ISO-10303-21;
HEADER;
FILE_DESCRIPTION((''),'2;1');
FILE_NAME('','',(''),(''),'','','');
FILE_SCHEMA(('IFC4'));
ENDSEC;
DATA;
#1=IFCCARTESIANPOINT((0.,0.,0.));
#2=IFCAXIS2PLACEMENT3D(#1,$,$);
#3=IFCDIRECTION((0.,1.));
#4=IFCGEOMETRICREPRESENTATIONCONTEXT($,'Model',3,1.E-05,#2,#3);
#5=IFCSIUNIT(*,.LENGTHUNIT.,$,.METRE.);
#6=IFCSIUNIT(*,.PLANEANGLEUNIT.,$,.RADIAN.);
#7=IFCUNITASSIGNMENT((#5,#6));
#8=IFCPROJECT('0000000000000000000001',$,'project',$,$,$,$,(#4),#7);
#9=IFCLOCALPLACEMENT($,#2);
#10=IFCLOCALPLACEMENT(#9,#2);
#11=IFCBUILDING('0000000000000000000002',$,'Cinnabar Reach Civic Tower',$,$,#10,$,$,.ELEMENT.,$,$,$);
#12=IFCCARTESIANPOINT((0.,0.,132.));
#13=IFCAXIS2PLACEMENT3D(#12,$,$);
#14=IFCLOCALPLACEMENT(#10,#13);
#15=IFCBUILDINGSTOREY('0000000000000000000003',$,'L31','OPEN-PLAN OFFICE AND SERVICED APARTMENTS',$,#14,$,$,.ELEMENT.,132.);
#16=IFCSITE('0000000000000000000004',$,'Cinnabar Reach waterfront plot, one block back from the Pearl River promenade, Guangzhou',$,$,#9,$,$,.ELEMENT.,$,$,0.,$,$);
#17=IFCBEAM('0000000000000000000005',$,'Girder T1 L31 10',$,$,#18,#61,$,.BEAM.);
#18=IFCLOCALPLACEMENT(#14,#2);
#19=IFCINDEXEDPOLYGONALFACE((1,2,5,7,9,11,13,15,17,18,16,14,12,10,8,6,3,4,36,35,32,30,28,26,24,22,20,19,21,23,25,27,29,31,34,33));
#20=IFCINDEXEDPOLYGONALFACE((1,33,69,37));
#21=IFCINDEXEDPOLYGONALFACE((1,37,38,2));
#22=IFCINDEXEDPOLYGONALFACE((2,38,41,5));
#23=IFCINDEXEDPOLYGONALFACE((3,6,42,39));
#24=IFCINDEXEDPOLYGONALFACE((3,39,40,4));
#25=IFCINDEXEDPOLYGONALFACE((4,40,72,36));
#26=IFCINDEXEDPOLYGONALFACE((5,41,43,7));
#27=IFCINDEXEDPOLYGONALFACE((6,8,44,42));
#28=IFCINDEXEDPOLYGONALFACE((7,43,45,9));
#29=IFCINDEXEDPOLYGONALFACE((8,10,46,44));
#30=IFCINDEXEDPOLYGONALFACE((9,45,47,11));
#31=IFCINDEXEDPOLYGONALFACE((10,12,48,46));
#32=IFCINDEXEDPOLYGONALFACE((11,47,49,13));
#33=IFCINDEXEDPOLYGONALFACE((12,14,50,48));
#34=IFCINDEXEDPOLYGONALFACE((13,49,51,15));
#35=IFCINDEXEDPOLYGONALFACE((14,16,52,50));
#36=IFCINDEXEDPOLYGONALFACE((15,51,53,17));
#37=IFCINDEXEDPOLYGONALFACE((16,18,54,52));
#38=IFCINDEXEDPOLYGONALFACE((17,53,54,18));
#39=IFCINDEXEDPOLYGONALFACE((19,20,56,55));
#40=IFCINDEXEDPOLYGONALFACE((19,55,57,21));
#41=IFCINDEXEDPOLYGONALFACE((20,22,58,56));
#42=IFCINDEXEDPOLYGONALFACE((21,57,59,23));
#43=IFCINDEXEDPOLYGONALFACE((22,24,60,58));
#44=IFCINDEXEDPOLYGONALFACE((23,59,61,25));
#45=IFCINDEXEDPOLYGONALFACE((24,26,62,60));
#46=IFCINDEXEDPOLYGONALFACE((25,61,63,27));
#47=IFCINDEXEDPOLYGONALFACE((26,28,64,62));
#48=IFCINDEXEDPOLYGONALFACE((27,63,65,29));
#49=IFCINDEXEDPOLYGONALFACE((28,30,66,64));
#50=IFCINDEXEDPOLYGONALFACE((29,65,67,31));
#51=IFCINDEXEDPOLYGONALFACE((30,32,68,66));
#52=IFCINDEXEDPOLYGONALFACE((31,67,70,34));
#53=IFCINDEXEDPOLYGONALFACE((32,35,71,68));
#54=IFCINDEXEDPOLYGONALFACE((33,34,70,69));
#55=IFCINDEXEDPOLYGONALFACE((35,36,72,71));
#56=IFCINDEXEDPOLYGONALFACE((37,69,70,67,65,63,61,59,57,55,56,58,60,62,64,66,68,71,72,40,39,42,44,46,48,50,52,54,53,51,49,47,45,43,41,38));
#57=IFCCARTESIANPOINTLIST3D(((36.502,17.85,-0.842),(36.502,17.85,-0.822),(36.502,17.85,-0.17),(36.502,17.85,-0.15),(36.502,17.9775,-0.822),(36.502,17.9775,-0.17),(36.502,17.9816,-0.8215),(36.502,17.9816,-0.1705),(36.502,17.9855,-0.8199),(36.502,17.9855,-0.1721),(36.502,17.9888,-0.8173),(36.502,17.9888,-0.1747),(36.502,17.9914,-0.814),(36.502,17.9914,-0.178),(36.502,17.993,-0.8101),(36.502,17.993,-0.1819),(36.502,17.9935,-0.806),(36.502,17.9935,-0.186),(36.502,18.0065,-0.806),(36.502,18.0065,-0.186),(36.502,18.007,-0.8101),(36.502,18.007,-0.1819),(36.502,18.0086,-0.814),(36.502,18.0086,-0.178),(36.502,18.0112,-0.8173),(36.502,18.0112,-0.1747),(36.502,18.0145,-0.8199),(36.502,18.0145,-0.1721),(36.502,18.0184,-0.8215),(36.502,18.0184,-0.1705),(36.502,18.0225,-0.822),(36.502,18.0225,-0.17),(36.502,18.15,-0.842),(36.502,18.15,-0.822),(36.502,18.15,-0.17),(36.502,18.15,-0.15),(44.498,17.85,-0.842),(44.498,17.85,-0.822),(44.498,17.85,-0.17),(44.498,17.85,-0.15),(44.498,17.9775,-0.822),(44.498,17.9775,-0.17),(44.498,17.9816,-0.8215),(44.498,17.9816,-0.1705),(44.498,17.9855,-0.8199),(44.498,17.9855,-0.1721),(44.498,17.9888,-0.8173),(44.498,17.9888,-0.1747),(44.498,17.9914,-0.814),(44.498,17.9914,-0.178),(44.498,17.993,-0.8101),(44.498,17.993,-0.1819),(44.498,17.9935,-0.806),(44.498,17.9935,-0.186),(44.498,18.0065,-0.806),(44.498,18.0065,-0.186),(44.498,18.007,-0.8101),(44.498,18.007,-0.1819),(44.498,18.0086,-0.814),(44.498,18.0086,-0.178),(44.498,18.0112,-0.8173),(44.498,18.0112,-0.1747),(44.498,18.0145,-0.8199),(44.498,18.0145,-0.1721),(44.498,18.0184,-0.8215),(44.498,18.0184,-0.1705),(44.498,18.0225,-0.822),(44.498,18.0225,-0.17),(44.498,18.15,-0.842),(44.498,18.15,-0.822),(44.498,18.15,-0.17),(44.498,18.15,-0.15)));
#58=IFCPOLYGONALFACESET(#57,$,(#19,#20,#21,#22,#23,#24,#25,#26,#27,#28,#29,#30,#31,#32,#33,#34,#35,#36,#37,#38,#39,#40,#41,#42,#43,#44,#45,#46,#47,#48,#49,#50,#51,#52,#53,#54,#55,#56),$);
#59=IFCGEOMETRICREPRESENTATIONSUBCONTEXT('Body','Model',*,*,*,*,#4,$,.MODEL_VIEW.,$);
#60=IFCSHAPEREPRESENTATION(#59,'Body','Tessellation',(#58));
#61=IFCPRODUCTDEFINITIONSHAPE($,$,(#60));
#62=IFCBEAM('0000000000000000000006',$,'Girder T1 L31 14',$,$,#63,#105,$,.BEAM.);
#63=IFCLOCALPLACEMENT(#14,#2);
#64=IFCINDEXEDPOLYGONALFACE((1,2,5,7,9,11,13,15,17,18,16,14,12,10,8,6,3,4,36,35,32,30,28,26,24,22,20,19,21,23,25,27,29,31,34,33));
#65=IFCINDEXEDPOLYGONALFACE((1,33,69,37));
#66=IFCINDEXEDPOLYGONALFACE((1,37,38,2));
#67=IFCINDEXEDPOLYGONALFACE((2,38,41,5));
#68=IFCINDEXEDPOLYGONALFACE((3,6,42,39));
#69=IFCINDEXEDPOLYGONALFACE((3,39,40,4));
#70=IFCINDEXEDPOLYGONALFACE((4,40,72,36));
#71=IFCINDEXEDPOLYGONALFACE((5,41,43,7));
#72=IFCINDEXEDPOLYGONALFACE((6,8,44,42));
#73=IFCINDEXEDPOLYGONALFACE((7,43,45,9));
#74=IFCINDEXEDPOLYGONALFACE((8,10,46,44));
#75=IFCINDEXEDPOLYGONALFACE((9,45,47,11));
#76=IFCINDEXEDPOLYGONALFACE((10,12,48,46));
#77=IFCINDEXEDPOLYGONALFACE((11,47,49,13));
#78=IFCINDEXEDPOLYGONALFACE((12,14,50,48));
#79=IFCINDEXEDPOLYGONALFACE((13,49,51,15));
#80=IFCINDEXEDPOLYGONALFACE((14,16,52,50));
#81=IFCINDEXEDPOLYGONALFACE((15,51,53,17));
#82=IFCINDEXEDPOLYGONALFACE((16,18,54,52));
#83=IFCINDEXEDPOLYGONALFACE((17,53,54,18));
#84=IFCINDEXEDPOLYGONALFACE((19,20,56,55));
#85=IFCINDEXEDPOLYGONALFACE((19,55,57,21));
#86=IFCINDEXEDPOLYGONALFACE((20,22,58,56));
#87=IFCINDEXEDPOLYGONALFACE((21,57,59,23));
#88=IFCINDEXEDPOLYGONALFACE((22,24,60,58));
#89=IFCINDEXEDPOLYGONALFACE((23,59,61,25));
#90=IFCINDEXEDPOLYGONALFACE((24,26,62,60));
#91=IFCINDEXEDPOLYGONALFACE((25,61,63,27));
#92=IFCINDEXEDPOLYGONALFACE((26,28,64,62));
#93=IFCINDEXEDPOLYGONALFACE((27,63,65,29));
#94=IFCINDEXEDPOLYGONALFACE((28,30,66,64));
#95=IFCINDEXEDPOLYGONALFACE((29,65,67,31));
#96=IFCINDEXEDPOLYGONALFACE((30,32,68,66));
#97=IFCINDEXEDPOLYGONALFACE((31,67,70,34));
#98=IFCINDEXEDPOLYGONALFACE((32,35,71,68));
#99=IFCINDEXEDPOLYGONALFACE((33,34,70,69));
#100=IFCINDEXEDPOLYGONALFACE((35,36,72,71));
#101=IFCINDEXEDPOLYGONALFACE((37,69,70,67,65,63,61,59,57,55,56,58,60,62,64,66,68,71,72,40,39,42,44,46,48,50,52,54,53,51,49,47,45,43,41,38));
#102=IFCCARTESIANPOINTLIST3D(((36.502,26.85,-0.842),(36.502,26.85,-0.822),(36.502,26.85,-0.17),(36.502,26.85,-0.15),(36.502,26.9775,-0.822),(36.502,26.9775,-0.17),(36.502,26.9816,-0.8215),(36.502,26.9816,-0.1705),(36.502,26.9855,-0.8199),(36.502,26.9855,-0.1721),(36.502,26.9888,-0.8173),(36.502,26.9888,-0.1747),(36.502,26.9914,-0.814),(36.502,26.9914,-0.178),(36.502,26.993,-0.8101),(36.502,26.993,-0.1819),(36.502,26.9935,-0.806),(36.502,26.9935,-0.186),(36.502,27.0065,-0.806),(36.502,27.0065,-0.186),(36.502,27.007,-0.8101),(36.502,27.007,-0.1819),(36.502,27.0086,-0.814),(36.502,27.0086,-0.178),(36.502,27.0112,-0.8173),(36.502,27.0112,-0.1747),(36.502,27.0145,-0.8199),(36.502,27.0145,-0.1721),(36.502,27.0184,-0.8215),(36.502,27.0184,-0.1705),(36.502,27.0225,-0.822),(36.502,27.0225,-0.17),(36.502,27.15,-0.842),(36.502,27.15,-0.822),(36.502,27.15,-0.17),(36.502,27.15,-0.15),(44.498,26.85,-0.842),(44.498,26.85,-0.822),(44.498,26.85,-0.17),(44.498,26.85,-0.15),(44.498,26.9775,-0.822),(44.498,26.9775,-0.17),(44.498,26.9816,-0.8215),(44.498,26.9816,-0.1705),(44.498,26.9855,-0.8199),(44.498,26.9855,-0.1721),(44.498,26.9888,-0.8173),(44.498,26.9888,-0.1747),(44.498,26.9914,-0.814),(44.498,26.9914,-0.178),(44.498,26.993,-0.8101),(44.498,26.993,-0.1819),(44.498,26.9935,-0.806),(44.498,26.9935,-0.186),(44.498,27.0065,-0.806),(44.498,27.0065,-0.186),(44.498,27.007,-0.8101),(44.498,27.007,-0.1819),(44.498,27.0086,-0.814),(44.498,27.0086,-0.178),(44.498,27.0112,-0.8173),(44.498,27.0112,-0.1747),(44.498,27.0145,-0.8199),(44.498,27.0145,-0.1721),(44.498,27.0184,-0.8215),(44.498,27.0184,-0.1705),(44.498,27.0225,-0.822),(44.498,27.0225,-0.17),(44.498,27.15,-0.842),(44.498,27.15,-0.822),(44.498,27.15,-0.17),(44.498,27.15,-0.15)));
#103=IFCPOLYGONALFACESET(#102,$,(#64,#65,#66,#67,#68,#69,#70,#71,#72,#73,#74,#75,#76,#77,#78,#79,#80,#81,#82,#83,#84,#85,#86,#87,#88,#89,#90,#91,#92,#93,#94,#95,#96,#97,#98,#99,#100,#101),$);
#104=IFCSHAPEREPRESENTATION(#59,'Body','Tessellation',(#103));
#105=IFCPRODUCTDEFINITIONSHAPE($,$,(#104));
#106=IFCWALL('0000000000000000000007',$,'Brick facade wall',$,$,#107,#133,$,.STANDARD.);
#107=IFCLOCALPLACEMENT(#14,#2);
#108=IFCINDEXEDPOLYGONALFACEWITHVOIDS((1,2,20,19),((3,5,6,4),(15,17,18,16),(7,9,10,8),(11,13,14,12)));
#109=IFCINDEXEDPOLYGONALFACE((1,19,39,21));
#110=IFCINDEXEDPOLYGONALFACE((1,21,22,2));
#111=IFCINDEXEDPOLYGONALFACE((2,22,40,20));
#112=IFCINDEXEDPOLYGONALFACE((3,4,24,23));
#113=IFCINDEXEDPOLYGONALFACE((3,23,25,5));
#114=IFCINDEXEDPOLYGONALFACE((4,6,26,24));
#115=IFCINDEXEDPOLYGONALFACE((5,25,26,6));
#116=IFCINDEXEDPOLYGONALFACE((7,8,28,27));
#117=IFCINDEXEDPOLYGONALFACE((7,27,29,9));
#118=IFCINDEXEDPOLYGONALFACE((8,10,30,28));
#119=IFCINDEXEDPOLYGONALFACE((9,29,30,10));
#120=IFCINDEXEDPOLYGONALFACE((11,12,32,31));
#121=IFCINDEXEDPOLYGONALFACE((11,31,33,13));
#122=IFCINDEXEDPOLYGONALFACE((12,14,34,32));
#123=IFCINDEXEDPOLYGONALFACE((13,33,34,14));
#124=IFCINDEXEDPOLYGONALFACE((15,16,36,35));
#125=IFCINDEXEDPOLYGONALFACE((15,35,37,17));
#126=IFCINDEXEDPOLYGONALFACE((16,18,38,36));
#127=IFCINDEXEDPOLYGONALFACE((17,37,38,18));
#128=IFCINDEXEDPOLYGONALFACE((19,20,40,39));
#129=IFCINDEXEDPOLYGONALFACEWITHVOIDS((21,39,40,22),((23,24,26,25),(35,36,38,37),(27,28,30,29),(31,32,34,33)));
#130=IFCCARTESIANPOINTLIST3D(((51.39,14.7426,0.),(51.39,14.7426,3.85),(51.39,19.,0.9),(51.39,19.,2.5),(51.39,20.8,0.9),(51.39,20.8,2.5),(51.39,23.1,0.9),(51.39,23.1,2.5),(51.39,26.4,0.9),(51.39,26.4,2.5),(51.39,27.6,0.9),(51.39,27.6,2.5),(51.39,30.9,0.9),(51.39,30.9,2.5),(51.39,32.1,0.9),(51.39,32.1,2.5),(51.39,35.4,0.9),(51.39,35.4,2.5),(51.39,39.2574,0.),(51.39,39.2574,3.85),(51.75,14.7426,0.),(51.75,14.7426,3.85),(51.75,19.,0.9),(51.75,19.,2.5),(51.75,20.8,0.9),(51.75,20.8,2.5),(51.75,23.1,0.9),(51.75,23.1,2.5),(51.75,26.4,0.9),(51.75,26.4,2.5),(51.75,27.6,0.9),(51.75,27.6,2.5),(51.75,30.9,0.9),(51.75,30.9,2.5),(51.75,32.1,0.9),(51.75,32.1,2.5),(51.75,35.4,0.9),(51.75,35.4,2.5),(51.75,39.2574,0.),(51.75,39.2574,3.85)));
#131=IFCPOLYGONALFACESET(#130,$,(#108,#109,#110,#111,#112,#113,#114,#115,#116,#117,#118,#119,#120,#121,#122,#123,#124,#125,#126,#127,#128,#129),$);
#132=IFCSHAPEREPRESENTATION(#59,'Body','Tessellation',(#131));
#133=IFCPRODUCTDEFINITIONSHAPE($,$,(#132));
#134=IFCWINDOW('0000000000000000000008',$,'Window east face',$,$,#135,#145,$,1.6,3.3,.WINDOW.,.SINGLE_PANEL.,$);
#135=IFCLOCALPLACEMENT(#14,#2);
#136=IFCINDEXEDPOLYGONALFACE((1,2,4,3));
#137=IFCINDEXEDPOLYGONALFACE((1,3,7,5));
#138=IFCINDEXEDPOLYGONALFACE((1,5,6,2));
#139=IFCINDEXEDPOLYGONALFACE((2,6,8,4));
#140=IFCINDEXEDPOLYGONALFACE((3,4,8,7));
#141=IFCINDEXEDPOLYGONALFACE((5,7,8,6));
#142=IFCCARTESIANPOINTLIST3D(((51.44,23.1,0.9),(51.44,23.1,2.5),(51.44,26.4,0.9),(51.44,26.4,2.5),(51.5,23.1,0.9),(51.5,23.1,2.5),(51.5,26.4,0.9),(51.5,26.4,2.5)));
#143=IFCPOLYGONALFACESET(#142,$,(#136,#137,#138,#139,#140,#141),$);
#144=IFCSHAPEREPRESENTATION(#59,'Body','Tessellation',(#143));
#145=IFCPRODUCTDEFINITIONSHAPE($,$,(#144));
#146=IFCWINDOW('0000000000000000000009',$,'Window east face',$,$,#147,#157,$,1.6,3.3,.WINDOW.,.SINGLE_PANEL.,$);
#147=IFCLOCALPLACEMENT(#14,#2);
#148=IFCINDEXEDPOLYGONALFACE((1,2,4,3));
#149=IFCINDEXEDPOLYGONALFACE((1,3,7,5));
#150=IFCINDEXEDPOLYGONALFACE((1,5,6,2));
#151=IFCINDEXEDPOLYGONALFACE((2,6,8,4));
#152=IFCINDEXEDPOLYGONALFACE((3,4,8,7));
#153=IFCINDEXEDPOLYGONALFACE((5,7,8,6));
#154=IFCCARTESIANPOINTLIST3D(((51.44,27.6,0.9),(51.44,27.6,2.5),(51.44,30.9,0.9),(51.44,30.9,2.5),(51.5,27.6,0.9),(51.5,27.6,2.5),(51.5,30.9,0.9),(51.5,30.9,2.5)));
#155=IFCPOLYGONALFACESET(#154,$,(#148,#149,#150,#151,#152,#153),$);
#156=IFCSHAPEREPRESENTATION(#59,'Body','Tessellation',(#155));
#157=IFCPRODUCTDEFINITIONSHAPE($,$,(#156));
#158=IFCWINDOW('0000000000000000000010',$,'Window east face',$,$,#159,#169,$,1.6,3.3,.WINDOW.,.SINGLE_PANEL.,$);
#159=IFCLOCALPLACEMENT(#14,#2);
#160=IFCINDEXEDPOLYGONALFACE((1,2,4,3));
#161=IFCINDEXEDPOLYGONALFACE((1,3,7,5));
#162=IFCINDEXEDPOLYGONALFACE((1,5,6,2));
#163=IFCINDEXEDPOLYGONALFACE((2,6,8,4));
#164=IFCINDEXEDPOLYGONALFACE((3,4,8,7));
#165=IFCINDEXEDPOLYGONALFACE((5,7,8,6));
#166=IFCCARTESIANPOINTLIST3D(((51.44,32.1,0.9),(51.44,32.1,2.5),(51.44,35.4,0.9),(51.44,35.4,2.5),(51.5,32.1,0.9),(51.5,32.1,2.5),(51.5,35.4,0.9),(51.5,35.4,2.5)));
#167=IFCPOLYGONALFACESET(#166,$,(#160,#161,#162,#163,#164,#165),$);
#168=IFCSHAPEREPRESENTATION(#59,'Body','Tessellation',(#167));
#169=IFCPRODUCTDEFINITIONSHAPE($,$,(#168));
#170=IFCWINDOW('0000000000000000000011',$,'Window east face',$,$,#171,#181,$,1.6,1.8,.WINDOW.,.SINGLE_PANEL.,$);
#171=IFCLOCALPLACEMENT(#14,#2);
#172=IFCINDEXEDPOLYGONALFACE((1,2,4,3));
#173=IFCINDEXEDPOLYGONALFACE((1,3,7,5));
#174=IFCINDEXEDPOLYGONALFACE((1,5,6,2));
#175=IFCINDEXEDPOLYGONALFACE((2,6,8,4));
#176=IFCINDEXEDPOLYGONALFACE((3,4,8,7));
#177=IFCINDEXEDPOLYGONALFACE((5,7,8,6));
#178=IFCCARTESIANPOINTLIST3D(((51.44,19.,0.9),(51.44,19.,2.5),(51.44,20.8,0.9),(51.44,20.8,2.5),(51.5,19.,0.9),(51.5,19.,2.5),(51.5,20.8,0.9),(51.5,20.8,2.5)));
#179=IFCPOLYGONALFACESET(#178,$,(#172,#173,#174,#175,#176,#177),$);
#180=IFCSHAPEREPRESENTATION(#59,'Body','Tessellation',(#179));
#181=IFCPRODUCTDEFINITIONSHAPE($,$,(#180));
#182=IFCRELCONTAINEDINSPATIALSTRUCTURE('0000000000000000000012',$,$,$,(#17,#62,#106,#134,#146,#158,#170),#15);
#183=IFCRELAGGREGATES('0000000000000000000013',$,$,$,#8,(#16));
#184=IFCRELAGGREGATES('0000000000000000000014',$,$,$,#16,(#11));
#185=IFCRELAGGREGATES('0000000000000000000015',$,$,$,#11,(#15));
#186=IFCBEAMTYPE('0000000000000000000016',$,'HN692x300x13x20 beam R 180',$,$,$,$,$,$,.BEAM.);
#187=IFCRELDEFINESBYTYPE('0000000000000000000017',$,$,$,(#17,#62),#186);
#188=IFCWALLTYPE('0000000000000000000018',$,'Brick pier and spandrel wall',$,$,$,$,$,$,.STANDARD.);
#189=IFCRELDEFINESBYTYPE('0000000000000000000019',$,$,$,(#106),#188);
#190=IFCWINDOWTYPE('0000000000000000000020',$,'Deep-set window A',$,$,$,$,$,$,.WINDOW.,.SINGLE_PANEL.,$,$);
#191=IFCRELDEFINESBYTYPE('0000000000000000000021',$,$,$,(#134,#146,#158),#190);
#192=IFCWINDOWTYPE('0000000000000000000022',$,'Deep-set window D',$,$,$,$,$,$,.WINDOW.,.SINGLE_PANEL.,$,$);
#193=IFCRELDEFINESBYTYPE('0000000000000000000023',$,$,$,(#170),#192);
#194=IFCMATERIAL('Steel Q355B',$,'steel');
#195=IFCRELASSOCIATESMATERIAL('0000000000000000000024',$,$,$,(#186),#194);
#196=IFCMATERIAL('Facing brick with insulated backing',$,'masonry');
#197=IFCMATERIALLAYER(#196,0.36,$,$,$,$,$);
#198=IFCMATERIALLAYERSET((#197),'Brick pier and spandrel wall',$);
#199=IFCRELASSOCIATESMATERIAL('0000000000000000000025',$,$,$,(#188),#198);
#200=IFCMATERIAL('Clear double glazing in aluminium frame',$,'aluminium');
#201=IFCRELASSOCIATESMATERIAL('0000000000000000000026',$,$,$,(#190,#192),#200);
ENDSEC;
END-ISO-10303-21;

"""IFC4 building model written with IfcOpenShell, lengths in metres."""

from ifc_helpers import new_model, si_unit, direction, frame, frame_2d, origin, origin_2d, place, context, subcontext, project, spatial, rectangle, i_section, extrude, material, layer, layer_set, material_profile, profile_set, type_object, element, fill, save


model = new_model("IFC4")

# Units and contexts
model_context = context("Model", 3, precision=1e-05, world=origin(), true_north=direction((0.0, 1.0)))
body_context = subcontext(model_context, "Body", "Model", "MODEL_VIEW")
ifc_project = project(units=[si_unit("LENGTHUNIT", "METRE"), si_unit("PLANEANGLEUNIT", "RADIAN")], contexts=[model_context])

# Site, building, storey
site_placement = place(None, origin())
site = spatial("IfcSite", under=ifc_project, at=site_placement, Name="Cinnabar Reach waterfront plot, one block back from the Pearl River promenade, Guangzhou", CompositionType="ELEMENT", RefElevation=0.0)
building_placement = place(site_placement, origin())
building = spatial("IfcBuilding", under=site, at=building_placement, Name="Cinnabar Reach Civic Tower", CompositionType="ELEMENT")
storey_placement = place(building_placement, frame((0.0, 0.0, 132.0)))
storey = spatial("IfcBuildingStorey", under=building, at=storey_placement, Name="L31", Description="OPEN-PLAN OFFICE AND SERVICED APARTMENTS", CompositionType="ELEMENT", Elevation=132.0)

# Beams
ifc_material_1 = material(Name="Steel Q355B", Category="steel")
ifc_material_profile_1 = material_profile(ifc_material_1, i_section(OverallWidth=0.3, OverallDepth=0.692, WebThickness=0.013, FlangeThickness=0.02, FilletRadius=0.016, at=origin_2d()), Name="HN692x300x13x20")
ifc_profile_set_1 = profile_set([ifc_material_profile_1], Name="Steel Q355B")
beam_type_1 = type_object("IfcBeamType", Name="HN692x300x13x20 beam R 180", PredefinedType="BEAM", material=ifc_profile_set_1)
for number, where, z_axis, x_axis, name in (
    (1, (36.502, 18.0, -0.496), (1.0, 0.0, 0.0), (0.0, 1.0, 0.0), "Girder T1 L31 10"),
    (2, (36.502, 27.0, -0.496), (1.0, 0.0, 0.0), (0.0, 1.0, 0.0), "Girder T1 L31 14"),
):
    element("IfcBeam", number, at=place(storey_placement, frame(where, z_axis=z_axis, x_axis=x_axis)), inside=storey, type_object=beam_type_1, Name=name, PredefinedType="BEAM", context=body_context, shape_type="SweptSolid", body=[
        extrude(i_section(OverallWidth=0.3, OverallDepth=0.692, WebThickness=0.013, FlangeThickness=0.02, FilletRadius=0.016, at=origin_2d()), origin(), (0.0, 0.0, 1.0), 7.996),
    ])

# Wall, openings, windows
ifc_material_2 = material(Name="Facing brick with insulated backing", Category="masonry")
ifc_layer_1 = layer(ifc_material_2, 0.36)
ifc_layer_set_1 = layer_set([ifc_layer_1], Name="Brick pier and spandrel wall")
wall_type_1 = type_object("IfcWallType", Name="Brick pier and spandrel wall", PredefinedType="STANDARD", material=ifc_layer_set_1)
wall_1_placement = place(storey_placement, frame((51.57, 14.7426, 0.0), z_axis=(0.0, 0.0, 1.0), x_axis=(0.0, 1.0, 0.0)))
wall_1 = element("IfcWall", 3, at=wall_1_placement, inside=storey, type_object=wall_type_1, Name="Brick facade wall", PredefinedType="STANDARD", context=body_context, shape_type="SweptSolid", body=[
    extrude(rectangle(XDim=24.5148, YDim=0.36, at=frame_2d((12.2574, 0.0))), origin(), (0.0, 0.0, 1.0), 3.85),
])
opening_1_placement = place(wall_1_placement, frame((4.2574, 0.0, 0.9)))
opening_1 = element("IfcOpeningElement", 4, at=opening_1_placement, cuts=wall_1, PredefinedType="OPENING", context=body_context, shape_type="SweptSolid", body=[
    extrude(rectangle(XDim=1.8, YDim=1.6, at=frame_2d((0.9, 0.8))), frame((0.0, 0.19, 0.0), z_axis=(0.0, -1.0, 0.0), x_axis=(1.0, 0.0, 0.0)), (0.0, 0.0, 1.0), 0.38),
])
opening_2_placement = place(wall_1_placement, frame((8.3574, 0.0, 0.9)))
opening_2 = element("IfcOpeningElement", 5, at=opening_2_placement, cuts=wall_1, PredefinedType="OPENING", context=body_context, shape_type="SweptSolid", body=[
    extrude(rectangle(XDim=3.3, YDim=1.6, at=frame_2d((1.65, 0.8))), frame((0.0, 0.19, 0.0), z_axis=(0.0, -1.0, 0.0), x_axis=(1.0, 0.0, 0.0)), (0.0, 0.0, 1.0), 0.38),
])
opening_3_placement = place(wall_1_placement, frame((12.8574, 0.0, 0.9)))
opening_3 = element("IfcOpeningElement", 6, at=opening_3_placement, cuts=wall_1, PredefinedType="OPENING", context=body_context, shape_type="SweptSolid", body=[
    extrude(rectangle(XDim=3.3, YDim=1.6, at=frame_2d((1.65, 0.8))), frame((0.0, 0.19, 0.0), z_axis=(0.0, -1.0, 0.0), x_axis=(1.0, 0.0, 0.0)), (0.0, 0.0, 1.0), 0.38),
])
opening_4_placement = place(wall_1_placement, frame((17.3574, 0.0, 0.9)))
opening_4 = element("IfcOpeningElement", 7, at=opening_4_placement, cuts=wall_1, PredefinedType="OPENING", context=body_context, shape_type="SweptSolid", body=[
    extrude(rectangle(XDim=3.3, YDim=1.6, at=frame_2d((1.65, 0.8))), frame((0.0, 0.19, 0.0), z_axis=(0.0, -1.0, 0.0), x_axis=(1.0, 0.0, 0.0)), (0.0, 0.0, 1.0), 0.38),
])
ifc_material_3 = material(Name="Clear double glazing in aluminium frame", Category="aluminium")
window_type_1 = type_object("IfcWindowType", Name="Deep-set window A", PartitioningType="SINGLE_PANEL", PredefinedType="WINDOW", material=ifc_material_3)
window_1_placement = place(opening_2_placement, origin())
window_1 = element("IfcWindow", 8, at=window_1_placement, inside=storey, type_object=window_type_1, Name="Window east face", OverallHeight=1.6, OverallWidth=3.3, PartitioningType="SINGLE_PANEL", PredefinedType="WINDOW", context=body_context, shape_type="SweptSolid", body=[
    extrude(rectangle(XDim=3.3, YDim=1.6, at=frame_2d((1.65, 0.8))), frame((0.0, 0.13, 0.0), z_axis=(0.0, -1.0, 0.0), x_axis=(1.0, 0.0, 0.0)), (0.0, 0.0, 1.0), 0.06),
])
fill(opening_2, window_1)
window_2_placement = place(opening_3_placement, origin())
window_2 = element("IfcWindow", 9, at=window_2_placement, inside=storey, type_object=window_type_1, Name="Window east face", OverallHeight=1.6, OverallWidth=3.3, PartitioningType="SINGLE_PANEL", PredefinedType="WINDOW", context=body_context, shape_type="SweptSolid", body=[
    extrude(rectangle(XDim=3.3, YDim=1.6, at=frame_2d((1.65, 0.8))), frame((0.0, 0.13, 0.0), z_axis=(0.0, -1.0, 0.0), x_axis=(1.0, 0.0, 0.0)), (0.0, 0.0, 1.0), 0.06),
])
fill(opening_3, window_2)
window_3_placement = place(opening_4_placement, origin())
window_3 = element("IfcWindow", 10, at=window_3_placement, inside=storey, type_object=window_type_1, Name="Window east face", OverallHeight=1.6, OverallWidth=3.3, PartitioningType="SINGLE_PANEL", PredefinedType="WINDOW", context=body_context, shape_type="SweptSolid", body=[
    extrude(rectangle(XDim=3.3, YDim=1.6, at=frame_2d((1.65, 0.8))), frame((0.0, 0.13, 0.0), z_axis=(0.0, -1.0, 0.0), x_axis=(1.0, 0.0, 0.0)), (0.0, 0.0, 1.0), 0.06),
])
fill(opening_4, window_3)
window_type_2 = type_object("IfcWindowType", Name="Deep-set window D", PartitioningType="SINGLE_PANEL", PredefinedType="WINDOW", material=ifc_material_3)
window_4_placement = place(opening_1_placement, origin())
window_4 = element("IfcWindow", 11, at=window_4_placement, inside=storey, type_object=window_type_2, Name="Window east face", OverallHeight=1.6, OverallWidth=1.8, PartitioningType="SINGLE_PANEL", PredefinedType="WINDOW", context=body_context, shape_type="SweptSolid", body=[
    extrude(rectangle(XDim=1.8, YDim=1.6, at=frame_2d((0.9, 0.8))), frame((0.0, 0.13, 0.0), z_axis=(0.0, -1.0, 0.0), x_axis=(1.0, 0.0, 0.0)), (0.0, 0.0, 1.0), 0.06),
])
fill(opening_1, window_4)

save(model, "model.ifc")
